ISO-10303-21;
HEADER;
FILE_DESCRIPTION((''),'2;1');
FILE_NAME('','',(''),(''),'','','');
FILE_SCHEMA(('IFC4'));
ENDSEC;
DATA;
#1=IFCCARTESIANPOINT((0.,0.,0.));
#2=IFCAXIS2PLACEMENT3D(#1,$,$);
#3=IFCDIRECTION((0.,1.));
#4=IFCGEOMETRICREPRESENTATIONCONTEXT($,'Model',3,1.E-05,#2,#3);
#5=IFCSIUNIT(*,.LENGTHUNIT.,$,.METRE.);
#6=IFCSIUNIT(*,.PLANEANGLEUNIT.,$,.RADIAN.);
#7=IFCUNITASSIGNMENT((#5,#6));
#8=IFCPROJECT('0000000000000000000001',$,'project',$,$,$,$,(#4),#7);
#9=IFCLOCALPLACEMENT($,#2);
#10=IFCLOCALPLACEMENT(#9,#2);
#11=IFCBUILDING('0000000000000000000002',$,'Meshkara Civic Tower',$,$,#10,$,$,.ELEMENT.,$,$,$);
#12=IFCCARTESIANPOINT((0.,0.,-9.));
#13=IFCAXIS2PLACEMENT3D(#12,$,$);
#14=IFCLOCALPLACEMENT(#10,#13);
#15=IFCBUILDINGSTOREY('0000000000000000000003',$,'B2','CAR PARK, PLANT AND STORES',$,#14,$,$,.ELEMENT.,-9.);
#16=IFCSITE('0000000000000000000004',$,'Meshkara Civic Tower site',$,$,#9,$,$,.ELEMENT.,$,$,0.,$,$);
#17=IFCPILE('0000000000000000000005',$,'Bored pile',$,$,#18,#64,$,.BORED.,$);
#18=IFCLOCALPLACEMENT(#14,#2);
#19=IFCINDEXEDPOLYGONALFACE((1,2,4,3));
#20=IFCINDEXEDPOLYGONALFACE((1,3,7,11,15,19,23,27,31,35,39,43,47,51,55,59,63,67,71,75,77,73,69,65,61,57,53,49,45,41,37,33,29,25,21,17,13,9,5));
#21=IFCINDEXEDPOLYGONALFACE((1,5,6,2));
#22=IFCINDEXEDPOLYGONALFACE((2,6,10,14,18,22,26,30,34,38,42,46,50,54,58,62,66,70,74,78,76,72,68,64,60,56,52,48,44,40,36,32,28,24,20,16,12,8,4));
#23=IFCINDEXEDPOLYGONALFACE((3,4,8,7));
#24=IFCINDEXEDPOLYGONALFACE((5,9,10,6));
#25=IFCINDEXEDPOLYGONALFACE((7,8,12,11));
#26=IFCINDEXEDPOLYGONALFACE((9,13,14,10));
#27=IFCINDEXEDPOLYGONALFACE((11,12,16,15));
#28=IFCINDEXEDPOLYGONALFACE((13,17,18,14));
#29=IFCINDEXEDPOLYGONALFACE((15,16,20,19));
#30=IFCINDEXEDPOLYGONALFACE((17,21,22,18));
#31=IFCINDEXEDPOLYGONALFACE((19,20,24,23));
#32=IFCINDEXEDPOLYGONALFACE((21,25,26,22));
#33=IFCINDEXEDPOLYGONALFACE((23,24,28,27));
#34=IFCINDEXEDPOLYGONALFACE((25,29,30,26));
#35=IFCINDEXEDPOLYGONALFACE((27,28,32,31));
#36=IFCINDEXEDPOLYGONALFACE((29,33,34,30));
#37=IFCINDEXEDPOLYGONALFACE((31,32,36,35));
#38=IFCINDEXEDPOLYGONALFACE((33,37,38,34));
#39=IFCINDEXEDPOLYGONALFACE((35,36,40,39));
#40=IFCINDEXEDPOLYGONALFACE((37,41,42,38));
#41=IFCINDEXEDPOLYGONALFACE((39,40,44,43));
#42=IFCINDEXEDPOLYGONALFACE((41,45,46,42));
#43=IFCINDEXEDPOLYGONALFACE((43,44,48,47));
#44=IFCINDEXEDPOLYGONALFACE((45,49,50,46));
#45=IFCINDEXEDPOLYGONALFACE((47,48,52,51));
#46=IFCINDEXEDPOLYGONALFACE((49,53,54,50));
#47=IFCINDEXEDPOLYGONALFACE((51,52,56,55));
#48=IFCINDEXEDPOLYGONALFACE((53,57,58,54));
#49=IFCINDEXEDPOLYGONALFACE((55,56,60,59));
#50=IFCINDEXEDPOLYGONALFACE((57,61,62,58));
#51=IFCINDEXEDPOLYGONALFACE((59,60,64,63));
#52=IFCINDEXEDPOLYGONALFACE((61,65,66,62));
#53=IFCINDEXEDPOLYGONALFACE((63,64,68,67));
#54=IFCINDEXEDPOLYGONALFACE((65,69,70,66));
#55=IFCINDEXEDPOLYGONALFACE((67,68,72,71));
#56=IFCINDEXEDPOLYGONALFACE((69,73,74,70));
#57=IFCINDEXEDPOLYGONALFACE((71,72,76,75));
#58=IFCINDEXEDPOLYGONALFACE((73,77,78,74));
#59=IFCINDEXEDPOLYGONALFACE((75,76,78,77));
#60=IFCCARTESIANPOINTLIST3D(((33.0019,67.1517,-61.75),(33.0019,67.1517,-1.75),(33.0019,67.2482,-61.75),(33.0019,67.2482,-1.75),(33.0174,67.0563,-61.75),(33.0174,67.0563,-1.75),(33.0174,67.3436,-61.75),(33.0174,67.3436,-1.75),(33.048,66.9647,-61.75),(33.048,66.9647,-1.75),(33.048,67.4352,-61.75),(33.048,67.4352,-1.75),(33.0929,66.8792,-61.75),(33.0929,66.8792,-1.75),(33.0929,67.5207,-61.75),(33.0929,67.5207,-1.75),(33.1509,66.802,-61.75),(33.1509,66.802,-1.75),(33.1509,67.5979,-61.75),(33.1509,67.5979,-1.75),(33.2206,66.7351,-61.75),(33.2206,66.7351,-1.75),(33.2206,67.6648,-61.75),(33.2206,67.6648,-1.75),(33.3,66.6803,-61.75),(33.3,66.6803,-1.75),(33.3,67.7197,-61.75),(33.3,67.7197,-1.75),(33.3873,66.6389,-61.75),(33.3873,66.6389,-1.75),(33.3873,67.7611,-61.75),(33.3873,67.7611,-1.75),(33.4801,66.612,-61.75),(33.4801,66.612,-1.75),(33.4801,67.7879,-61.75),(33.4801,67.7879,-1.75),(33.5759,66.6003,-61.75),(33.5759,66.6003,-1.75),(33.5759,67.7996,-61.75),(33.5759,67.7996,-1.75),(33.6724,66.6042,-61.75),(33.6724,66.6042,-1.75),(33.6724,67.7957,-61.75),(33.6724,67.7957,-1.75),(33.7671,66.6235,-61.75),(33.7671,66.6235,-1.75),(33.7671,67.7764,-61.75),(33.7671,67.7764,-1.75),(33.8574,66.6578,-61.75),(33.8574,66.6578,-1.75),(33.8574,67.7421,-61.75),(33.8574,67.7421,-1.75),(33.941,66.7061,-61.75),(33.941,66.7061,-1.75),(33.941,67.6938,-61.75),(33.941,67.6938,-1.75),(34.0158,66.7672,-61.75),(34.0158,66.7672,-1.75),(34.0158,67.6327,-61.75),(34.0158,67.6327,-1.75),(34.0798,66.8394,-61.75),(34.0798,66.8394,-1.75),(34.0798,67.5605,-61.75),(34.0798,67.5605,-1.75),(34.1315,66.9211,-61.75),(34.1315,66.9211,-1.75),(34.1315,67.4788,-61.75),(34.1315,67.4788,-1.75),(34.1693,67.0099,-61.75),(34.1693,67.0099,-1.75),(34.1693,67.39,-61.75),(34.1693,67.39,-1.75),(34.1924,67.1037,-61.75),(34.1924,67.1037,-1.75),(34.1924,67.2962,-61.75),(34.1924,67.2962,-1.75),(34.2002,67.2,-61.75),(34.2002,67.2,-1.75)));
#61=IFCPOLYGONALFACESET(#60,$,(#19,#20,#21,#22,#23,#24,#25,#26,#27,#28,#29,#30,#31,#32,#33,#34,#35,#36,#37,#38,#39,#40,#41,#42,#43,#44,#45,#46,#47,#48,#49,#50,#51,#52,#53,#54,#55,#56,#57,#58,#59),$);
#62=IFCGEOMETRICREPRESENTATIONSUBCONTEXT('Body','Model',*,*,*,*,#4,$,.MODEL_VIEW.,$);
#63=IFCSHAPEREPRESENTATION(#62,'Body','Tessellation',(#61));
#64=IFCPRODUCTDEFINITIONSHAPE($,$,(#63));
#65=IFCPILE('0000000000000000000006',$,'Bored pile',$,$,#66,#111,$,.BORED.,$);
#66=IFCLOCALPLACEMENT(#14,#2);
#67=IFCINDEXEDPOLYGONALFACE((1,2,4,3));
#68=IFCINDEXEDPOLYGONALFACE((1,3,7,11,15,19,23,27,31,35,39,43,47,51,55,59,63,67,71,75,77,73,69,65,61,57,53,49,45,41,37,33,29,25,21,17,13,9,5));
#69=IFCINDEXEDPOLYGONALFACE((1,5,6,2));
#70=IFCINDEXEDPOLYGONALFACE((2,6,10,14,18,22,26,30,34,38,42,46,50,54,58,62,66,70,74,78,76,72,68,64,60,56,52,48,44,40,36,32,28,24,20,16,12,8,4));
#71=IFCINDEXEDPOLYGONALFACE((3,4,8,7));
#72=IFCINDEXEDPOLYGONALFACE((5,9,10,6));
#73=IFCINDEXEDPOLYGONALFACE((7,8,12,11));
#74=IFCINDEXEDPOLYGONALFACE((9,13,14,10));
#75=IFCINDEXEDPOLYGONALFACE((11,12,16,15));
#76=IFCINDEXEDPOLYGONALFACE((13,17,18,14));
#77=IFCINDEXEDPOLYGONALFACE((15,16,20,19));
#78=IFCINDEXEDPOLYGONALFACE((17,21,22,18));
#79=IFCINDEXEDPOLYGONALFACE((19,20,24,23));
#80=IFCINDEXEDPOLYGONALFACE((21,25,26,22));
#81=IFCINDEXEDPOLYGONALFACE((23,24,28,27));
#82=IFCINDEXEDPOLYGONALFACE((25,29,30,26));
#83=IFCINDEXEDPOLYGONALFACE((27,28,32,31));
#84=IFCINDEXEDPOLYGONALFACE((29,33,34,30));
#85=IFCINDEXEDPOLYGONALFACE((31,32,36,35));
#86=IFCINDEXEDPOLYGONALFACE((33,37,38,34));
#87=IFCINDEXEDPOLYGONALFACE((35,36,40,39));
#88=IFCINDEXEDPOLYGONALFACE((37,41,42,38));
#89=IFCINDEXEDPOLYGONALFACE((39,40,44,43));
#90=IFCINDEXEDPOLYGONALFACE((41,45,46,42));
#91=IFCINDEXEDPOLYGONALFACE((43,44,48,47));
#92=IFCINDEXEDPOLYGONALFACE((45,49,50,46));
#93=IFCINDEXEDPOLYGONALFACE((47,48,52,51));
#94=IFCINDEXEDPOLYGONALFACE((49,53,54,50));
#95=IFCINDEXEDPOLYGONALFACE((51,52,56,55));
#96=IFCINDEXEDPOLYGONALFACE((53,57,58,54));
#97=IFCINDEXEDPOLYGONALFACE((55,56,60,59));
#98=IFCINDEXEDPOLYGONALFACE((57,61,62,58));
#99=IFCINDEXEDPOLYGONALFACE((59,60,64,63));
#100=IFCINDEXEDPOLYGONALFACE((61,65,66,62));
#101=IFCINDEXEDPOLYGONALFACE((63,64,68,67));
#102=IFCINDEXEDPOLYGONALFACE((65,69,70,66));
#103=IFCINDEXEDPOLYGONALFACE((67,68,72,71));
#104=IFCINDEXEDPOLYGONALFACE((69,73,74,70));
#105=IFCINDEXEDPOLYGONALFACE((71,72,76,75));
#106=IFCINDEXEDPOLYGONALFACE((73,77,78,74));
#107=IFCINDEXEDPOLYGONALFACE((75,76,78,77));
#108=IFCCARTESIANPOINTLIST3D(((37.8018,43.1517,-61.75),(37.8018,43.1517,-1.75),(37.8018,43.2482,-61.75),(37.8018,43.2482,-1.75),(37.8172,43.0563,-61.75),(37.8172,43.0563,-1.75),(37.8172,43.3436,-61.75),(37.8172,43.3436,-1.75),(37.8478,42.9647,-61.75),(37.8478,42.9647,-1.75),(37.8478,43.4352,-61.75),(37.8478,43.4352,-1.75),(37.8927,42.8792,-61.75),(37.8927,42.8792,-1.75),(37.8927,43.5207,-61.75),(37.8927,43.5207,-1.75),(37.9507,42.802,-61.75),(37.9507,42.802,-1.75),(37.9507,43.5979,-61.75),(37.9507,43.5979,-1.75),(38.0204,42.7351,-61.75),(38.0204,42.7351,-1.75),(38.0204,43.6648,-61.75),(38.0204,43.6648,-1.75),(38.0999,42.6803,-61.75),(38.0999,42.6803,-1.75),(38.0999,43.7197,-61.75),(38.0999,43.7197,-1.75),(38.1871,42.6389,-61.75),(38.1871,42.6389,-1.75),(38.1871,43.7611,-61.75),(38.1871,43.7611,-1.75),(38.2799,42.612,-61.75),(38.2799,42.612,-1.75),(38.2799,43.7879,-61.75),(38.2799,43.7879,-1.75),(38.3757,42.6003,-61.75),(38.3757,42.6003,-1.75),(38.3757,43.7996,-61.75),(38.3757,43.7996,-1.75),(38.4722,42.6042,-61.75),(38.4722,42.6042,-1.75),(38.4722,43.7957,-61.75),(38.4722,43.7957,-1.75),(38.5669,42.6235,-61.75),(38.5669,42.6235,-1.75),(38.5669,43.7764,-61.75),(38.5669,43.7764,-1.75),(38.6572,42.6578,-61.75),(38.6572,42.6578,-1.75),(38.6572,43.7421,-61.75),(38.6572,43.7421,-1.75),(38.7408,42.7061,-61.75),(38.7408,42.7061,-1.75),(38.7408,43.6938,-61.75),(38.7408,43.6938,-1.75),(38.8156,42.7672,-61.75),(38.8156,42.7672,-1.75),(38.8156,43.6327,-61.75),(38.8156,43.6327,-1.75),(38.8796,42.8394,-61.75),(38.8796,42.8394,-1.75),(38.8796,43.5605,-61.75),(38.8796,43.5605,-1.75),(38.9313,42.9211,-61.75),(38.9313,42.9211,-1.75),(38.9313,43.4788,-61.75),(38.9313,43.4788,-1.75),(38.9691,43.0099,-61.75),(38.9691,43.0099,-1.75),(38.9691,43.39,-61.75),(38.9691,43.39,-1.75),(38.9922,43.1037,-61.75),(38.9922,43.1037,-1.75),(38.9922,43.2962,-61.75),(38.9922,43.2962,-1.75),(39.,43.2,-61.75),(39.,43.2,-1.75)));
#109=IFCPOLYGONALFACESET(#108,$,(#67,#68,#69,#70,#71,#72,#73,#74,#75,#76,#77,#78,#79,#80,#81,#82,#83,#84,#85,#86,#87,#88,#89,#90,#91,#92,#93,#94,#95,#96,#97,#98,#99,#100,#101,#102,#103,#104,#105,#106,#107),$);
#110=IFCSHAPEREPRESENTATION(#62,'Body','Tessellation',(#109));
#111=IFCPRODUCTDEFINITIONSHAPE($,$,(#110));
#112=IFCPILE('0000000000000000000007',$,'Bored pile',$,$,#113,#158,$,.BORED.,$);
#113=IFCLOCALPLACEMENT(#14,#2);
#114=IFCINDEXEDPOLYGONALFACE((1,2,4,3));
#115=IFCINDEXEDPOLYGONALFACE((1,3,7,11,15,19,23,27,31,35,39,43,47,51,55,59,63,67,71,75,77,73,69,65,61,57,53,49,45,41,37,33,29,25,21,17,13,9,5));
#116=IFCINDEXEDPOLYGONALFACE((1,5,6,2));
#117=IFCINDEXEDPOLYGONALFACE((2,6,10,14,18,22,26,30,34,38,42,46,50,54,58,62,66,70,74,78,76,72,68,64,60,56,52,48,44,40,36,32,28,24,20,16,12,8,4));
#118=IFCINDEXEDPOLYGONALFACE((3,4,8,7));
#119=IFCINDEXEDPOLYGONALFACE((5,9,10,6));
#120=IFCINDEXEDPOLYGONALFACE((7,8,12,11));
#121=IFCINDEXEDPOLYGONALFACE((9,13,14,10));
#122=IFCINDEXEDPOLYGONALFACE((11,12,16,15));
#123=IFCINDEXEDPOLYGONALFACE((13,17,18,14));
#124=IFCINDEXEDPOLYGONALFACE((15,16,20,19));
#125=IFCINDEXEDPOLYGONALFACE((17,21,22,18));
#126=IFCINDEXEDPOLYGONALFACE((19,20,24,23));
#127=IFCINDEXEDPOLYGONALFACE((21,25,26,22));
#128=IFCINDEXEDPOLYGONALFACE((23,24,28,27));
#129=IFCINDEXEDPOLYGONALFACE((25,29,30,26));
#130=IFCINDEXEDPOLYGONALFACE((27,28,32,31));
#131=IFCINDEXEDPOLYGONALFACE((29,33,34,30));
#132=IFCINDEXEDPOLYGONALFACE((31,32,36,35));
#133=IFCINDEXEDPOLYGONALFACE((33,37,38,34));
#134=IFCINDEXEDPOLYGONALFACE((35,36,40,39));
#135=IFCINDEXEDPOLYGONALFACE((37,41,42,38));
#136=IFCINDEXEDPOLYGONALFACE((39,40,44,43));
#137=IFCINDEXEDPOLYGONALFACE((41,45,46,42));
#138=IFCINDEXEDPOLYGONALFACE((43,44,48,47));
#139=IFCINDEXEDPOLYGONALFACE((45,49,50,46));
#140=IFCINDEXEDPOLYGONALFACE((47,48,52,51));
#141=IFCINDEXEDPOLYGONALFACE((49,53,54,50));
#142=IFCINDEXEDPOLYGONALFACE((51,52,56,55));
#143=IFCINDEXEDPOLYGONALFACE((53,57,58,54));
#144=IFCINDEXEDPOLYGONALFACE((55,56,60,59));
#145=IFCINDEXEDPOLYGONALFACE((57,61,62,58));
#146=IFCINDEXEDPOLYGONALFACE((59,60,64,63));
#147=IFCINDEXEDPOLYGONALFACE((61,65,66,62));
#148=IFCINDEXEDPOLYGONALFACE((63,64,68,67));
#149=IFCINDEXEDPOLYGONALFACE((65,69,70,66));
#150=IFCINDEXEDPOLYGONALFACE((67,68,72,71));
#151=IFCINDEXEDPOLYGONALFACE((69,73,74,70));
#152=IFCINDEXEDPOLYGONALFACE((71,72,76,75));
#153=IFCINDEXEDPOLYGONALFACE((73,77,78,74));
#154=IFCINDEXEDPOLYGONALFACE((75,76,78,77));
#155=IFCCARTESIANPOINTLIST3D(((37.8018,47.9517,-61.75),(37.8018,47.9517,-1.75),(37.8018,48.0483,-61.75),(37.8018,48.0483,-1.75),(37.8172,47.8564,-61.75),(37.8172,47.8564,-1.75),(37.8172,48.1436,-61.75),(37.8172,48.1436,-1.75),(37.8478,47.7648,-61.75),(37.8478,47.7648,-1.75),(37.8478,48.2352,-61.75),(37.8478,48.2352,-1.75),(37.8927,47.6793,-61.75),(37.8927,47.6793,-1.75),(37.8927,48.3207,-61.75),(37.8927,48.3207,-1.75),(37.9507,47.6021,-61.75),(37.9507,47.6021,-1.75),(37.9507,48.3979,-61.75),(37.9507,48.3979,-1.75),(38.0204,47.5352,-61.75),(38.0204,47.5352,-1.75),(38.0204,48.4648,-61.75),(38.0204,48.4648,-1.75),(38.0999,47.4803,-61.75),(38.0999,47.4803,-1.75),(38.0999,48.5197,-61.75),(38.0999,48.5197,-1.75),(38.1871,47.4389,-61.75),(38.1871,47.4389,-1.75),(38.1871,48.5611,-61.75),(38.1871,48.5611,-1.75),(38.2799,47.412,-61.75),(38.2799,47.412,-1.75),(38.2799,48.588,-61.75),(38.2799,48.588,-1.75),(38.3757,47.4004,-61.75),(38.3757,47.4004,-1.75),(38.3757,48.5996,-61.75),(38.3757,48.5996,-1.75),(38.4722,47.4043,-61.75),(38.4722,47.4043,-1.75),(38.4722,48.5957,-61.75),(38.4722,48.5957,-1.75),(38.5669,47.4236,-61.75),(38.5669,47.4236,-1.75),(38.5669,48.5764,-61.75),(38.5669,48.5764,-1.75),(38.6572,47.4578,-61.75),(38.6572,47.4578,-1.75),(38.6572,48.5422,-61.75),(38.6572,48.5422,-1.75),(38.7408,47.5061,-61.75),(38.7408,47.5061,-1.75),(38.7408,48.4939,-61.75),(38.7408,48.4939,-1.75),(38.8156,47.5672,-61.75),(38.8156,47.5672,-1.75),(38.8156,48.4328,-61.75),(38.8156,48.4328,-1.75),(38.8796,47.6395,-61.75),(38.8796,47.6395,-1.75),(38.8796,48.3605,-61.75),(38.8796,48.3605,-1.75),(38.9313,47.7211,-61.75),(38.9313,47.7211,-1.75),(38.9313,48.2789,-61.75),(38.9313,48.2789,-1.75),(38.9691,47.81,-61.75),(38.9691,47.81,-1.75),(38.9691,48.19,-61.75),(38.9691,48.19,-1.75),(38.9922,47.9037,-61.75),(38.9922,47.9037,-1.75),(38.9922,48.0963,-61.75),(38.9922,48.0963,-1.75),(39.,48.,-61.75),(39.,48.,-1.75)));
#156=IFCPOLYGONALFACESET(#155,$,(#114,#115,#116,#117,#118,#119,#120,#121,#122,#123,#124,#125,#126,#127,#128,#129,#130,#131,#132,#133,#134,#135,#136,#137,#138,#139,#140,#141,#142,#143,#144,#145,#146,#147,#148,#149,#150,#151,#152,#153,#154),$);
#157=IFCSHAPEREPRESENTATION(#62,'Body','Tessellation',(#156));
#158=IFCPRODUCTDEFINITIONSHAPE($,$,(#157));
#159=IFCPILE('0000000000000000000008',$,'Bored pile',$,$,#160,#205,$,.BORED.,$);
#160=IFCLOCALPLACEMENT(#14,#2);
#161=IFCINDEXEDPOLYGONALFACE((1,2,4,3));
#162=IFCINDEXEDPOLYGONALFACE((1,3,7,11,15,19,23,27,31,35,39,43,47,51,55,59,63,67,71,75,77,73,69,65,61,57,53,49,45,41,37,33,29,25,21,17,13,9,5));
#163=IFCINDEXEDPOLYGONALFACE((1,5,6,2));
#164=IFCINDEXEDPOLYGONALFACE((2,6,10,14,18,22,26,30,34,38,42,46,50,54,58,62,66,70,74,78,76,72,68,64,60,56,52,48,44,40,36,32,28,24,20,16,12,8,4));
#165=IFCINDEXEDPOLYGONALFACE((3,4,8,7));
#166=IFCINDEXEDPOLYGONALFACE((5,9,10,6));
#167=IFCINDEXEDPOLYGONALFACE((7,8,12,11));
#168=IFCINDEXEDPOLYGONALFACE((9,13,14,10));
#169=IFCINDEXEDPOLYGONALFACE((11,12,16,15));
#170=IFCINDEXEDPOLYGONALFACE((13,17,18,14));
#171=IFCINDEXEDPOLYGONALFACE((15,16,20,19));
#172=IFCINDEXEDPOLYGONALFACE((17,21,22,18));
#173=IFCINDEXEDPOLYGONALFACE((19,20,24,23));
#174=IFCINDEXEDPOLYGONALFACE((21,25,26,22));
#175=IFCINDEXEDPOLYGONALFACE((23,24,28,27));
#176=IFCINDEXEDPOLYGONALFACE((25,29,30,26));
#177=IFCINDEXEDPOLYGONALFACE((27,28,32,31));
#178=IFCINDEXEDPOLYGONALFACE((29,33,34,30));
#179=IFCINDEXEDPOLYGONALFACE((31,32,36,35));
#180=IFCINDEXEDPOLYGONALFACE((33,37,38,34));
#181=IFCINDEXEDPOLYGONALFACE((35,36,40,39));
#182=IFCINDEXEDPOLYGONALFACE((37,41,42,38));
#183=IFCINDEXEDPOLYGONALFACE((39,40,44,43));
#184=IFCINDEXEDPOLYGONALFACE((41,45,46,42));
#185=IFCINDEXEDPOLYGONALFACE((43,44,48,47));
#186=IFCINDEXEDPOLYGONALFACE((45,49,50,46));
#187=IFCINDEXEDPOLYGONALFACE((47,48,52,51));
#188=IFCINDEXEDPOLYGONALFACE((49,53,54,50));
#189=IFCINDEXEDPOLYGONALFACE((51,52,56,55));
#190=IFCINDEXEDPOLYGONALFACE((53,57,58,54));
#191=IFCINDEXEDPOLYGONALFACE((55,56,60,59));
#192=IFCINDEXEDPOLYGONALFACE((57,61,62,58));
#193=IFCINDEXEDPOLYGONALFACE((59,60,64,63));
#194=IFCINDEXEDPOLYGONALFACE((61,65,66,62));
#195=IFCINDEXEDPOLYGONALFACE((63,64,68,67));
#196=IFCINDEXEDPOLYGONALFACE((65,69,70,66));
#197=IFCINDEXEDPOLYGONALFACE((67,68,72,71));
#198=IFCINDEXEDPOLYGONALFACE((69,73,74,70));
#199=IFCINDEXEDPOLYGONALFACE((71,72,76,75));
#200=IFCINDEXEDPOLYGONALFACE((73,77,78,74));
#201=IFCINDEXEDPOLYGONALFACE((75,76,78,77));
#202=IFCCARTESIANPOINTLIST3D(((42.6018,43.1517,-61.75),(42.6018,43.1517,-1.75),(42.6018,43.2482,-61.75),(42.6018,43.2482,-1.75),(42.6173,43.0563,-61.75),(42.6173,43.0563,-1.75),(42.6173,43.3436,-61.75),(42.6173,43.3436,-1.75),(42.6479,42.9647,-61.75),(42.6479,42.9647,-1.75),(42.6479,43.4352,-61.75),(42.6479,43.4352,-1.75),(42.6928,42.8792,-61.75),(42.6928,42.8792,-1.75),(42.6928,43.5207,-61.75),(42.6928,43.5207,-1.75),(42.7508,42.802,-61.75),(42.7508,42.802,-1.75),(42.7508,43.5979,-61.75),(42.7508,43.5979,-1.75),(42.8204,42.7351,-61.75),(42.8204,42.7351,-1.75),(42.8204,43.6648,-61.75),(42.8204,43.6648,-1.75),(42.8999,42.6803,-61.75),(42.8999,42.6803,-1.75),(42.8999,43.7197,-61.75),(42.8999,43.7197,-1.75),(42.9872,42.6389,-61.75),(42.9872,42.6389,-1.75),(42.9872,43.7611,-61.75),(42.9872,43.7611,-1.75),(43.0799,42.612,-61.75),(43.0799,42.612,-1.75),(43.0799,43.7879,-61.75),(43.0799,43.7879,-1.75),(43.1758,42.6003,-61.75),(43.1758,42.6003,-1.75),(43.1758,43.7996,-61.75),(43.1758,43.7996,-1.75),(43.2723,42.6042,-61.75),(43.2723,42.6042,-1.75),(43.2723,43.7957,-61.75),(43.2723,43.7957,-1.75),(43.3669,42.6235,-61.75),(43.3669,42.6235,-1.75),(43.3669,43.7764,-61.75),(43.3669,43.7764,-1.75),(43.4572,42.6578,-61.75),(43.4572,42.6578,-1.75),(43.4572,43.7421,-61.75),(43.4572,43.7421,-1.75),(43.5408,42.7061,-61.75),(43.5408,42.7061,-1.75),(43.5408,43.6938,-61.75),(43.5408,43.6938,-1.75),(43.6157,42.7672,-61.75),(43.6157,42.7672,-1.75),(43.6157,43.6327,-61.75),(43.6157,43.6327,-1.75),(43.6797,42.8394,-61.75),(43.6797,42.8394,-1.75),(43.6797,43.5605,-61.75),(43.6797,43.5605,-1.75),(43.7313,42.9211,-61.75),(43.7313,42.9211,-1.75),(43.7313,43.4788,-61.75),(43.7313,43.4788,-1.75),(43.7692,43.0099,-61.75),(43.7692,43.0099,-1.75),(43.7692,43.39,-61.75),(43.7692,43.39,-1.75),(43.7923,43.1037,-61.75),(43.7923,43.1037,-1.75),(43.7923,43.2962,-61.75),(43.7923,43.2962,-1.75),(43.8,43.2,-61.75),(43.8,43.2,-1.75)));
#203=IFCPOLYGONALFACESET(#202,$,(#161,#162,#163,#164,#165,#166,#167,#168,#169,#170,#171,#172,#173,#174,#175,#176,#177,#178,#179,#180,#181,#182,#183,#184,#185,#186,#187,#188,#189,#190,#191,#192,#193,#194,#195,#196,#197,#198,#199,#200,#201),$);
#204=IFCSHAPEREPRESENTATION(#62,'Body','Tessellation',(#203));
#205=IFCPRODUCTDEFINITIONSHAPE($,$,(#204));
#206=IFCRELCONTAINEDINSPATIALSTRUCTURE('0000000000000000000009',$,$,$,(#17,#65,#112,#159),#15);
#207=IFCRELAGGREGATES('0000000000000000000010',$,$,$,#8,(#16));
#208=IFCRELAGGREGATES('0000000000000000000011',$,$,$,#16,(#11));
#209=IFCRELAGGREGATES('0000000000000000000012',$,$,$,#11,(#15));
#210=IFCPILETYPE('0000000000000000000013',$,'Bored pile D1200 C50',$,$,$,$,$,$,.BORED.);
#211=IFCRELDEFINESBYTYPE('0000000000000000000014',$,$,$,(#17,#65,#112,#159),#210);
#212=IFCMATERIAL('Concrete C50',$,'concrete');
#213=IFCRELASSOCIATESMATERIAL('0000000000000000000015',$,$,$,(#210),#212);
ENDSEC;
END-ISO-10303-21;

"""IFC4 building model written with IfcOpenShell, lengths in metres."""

from ifc_helpers import new_model, si_unit, direction, frame, origin, origin_2d, place, context, subcontext, project, spatial, circle, extrude, material, material_profile, profile_set, type_object, element, save


model = new_model("IFC4")

# Units and contexts
model_context = context("Model", 3, precision=1e-05, world=origin(), true_north=direction((0.0, 1.0)))
body_context = subcontext(model_context, "Body", "Model", "MODEL_VIEW")
ifc_project = project(units=[si_unit("LENGTHUNIT", "METRE"), si_unit("PLANEANGLEUNIT", "RADIAN")], contexts=[model_context])

# Site, building, storey
site_placement = place(None, origin())
site = spatial("IfcSite", under=ifc_project, at=site_placement, Name="Meshkara Civic Tower site", CompositionType="ELEMENT", RefElevation=0.0)
building_placement = place(site_placement, origin())
building = spatial("IfcBuilding", under=site, at=building_placement, Name="Meshkara Civic Tower", CompositionType="ELEMENT")
storey_placement = place(building_placement, frame((0.0, 0.0, -9.0)))
storey = spatial("IfcBuildingStorey", under=building, at=storey_placement, Name="B2", Description="CAR PARK, PLANT AND STORES", CompositionType="ELEMENT", Elevation=-9.0)

# Piles
ifc_material_1 = material(Name="Concrete C50", Category="concrete")
ifc_material_profile_1 = material_profile(ifc_material_1, circle(Radius=0.6001, at=origin_2d()))
ifc_profile_set_1 = profile_set([ifc_material_profile_1], Name="Concrete C50")
pile_type = type_object("IfcPileType", Name="Bored pile D1200 C50", PredefinedType="BORED", material=ifc_profile_set_1)
for number, where, z_axis, x_axis, name in (
    (1, (33.6001, 67.2, -1.75), (0.0, 0.0, -1.0), (1.0, 0.0, 0.0), "Bored pile"),
    (2, (38.3999, 43.2, -1.75), (0.0, 0.0, -1.0), (1.0, 0.0, 0.0), "Bored pile"),
    (3, (38.3999, 48.0, -1.75), (0.0, 0.0, -1.0), (1.0, 0.0, 0.0), "Bored pile"),
    (4, (43.2, 43.2, -1.75), (0.0, 0.0, -1.0), (1.0, 0.0, 0.0), "Bored pile"),
):
    element("IfcPile", number, at=place(storey_placement, frame(where, z_axis=z_axis, x_axis=x_axis)), inside=storey, type_object=pile_type, Name=name, PredefinedType="BORED", context=body_context, shape_type="SweptSolid", body=[
        extrude(circle(Radius=0.6001, at=origin_2d()), origin(), (0.0, 0.0, 1.0), 60.0),
    ])

save(model, "model.ifc")
